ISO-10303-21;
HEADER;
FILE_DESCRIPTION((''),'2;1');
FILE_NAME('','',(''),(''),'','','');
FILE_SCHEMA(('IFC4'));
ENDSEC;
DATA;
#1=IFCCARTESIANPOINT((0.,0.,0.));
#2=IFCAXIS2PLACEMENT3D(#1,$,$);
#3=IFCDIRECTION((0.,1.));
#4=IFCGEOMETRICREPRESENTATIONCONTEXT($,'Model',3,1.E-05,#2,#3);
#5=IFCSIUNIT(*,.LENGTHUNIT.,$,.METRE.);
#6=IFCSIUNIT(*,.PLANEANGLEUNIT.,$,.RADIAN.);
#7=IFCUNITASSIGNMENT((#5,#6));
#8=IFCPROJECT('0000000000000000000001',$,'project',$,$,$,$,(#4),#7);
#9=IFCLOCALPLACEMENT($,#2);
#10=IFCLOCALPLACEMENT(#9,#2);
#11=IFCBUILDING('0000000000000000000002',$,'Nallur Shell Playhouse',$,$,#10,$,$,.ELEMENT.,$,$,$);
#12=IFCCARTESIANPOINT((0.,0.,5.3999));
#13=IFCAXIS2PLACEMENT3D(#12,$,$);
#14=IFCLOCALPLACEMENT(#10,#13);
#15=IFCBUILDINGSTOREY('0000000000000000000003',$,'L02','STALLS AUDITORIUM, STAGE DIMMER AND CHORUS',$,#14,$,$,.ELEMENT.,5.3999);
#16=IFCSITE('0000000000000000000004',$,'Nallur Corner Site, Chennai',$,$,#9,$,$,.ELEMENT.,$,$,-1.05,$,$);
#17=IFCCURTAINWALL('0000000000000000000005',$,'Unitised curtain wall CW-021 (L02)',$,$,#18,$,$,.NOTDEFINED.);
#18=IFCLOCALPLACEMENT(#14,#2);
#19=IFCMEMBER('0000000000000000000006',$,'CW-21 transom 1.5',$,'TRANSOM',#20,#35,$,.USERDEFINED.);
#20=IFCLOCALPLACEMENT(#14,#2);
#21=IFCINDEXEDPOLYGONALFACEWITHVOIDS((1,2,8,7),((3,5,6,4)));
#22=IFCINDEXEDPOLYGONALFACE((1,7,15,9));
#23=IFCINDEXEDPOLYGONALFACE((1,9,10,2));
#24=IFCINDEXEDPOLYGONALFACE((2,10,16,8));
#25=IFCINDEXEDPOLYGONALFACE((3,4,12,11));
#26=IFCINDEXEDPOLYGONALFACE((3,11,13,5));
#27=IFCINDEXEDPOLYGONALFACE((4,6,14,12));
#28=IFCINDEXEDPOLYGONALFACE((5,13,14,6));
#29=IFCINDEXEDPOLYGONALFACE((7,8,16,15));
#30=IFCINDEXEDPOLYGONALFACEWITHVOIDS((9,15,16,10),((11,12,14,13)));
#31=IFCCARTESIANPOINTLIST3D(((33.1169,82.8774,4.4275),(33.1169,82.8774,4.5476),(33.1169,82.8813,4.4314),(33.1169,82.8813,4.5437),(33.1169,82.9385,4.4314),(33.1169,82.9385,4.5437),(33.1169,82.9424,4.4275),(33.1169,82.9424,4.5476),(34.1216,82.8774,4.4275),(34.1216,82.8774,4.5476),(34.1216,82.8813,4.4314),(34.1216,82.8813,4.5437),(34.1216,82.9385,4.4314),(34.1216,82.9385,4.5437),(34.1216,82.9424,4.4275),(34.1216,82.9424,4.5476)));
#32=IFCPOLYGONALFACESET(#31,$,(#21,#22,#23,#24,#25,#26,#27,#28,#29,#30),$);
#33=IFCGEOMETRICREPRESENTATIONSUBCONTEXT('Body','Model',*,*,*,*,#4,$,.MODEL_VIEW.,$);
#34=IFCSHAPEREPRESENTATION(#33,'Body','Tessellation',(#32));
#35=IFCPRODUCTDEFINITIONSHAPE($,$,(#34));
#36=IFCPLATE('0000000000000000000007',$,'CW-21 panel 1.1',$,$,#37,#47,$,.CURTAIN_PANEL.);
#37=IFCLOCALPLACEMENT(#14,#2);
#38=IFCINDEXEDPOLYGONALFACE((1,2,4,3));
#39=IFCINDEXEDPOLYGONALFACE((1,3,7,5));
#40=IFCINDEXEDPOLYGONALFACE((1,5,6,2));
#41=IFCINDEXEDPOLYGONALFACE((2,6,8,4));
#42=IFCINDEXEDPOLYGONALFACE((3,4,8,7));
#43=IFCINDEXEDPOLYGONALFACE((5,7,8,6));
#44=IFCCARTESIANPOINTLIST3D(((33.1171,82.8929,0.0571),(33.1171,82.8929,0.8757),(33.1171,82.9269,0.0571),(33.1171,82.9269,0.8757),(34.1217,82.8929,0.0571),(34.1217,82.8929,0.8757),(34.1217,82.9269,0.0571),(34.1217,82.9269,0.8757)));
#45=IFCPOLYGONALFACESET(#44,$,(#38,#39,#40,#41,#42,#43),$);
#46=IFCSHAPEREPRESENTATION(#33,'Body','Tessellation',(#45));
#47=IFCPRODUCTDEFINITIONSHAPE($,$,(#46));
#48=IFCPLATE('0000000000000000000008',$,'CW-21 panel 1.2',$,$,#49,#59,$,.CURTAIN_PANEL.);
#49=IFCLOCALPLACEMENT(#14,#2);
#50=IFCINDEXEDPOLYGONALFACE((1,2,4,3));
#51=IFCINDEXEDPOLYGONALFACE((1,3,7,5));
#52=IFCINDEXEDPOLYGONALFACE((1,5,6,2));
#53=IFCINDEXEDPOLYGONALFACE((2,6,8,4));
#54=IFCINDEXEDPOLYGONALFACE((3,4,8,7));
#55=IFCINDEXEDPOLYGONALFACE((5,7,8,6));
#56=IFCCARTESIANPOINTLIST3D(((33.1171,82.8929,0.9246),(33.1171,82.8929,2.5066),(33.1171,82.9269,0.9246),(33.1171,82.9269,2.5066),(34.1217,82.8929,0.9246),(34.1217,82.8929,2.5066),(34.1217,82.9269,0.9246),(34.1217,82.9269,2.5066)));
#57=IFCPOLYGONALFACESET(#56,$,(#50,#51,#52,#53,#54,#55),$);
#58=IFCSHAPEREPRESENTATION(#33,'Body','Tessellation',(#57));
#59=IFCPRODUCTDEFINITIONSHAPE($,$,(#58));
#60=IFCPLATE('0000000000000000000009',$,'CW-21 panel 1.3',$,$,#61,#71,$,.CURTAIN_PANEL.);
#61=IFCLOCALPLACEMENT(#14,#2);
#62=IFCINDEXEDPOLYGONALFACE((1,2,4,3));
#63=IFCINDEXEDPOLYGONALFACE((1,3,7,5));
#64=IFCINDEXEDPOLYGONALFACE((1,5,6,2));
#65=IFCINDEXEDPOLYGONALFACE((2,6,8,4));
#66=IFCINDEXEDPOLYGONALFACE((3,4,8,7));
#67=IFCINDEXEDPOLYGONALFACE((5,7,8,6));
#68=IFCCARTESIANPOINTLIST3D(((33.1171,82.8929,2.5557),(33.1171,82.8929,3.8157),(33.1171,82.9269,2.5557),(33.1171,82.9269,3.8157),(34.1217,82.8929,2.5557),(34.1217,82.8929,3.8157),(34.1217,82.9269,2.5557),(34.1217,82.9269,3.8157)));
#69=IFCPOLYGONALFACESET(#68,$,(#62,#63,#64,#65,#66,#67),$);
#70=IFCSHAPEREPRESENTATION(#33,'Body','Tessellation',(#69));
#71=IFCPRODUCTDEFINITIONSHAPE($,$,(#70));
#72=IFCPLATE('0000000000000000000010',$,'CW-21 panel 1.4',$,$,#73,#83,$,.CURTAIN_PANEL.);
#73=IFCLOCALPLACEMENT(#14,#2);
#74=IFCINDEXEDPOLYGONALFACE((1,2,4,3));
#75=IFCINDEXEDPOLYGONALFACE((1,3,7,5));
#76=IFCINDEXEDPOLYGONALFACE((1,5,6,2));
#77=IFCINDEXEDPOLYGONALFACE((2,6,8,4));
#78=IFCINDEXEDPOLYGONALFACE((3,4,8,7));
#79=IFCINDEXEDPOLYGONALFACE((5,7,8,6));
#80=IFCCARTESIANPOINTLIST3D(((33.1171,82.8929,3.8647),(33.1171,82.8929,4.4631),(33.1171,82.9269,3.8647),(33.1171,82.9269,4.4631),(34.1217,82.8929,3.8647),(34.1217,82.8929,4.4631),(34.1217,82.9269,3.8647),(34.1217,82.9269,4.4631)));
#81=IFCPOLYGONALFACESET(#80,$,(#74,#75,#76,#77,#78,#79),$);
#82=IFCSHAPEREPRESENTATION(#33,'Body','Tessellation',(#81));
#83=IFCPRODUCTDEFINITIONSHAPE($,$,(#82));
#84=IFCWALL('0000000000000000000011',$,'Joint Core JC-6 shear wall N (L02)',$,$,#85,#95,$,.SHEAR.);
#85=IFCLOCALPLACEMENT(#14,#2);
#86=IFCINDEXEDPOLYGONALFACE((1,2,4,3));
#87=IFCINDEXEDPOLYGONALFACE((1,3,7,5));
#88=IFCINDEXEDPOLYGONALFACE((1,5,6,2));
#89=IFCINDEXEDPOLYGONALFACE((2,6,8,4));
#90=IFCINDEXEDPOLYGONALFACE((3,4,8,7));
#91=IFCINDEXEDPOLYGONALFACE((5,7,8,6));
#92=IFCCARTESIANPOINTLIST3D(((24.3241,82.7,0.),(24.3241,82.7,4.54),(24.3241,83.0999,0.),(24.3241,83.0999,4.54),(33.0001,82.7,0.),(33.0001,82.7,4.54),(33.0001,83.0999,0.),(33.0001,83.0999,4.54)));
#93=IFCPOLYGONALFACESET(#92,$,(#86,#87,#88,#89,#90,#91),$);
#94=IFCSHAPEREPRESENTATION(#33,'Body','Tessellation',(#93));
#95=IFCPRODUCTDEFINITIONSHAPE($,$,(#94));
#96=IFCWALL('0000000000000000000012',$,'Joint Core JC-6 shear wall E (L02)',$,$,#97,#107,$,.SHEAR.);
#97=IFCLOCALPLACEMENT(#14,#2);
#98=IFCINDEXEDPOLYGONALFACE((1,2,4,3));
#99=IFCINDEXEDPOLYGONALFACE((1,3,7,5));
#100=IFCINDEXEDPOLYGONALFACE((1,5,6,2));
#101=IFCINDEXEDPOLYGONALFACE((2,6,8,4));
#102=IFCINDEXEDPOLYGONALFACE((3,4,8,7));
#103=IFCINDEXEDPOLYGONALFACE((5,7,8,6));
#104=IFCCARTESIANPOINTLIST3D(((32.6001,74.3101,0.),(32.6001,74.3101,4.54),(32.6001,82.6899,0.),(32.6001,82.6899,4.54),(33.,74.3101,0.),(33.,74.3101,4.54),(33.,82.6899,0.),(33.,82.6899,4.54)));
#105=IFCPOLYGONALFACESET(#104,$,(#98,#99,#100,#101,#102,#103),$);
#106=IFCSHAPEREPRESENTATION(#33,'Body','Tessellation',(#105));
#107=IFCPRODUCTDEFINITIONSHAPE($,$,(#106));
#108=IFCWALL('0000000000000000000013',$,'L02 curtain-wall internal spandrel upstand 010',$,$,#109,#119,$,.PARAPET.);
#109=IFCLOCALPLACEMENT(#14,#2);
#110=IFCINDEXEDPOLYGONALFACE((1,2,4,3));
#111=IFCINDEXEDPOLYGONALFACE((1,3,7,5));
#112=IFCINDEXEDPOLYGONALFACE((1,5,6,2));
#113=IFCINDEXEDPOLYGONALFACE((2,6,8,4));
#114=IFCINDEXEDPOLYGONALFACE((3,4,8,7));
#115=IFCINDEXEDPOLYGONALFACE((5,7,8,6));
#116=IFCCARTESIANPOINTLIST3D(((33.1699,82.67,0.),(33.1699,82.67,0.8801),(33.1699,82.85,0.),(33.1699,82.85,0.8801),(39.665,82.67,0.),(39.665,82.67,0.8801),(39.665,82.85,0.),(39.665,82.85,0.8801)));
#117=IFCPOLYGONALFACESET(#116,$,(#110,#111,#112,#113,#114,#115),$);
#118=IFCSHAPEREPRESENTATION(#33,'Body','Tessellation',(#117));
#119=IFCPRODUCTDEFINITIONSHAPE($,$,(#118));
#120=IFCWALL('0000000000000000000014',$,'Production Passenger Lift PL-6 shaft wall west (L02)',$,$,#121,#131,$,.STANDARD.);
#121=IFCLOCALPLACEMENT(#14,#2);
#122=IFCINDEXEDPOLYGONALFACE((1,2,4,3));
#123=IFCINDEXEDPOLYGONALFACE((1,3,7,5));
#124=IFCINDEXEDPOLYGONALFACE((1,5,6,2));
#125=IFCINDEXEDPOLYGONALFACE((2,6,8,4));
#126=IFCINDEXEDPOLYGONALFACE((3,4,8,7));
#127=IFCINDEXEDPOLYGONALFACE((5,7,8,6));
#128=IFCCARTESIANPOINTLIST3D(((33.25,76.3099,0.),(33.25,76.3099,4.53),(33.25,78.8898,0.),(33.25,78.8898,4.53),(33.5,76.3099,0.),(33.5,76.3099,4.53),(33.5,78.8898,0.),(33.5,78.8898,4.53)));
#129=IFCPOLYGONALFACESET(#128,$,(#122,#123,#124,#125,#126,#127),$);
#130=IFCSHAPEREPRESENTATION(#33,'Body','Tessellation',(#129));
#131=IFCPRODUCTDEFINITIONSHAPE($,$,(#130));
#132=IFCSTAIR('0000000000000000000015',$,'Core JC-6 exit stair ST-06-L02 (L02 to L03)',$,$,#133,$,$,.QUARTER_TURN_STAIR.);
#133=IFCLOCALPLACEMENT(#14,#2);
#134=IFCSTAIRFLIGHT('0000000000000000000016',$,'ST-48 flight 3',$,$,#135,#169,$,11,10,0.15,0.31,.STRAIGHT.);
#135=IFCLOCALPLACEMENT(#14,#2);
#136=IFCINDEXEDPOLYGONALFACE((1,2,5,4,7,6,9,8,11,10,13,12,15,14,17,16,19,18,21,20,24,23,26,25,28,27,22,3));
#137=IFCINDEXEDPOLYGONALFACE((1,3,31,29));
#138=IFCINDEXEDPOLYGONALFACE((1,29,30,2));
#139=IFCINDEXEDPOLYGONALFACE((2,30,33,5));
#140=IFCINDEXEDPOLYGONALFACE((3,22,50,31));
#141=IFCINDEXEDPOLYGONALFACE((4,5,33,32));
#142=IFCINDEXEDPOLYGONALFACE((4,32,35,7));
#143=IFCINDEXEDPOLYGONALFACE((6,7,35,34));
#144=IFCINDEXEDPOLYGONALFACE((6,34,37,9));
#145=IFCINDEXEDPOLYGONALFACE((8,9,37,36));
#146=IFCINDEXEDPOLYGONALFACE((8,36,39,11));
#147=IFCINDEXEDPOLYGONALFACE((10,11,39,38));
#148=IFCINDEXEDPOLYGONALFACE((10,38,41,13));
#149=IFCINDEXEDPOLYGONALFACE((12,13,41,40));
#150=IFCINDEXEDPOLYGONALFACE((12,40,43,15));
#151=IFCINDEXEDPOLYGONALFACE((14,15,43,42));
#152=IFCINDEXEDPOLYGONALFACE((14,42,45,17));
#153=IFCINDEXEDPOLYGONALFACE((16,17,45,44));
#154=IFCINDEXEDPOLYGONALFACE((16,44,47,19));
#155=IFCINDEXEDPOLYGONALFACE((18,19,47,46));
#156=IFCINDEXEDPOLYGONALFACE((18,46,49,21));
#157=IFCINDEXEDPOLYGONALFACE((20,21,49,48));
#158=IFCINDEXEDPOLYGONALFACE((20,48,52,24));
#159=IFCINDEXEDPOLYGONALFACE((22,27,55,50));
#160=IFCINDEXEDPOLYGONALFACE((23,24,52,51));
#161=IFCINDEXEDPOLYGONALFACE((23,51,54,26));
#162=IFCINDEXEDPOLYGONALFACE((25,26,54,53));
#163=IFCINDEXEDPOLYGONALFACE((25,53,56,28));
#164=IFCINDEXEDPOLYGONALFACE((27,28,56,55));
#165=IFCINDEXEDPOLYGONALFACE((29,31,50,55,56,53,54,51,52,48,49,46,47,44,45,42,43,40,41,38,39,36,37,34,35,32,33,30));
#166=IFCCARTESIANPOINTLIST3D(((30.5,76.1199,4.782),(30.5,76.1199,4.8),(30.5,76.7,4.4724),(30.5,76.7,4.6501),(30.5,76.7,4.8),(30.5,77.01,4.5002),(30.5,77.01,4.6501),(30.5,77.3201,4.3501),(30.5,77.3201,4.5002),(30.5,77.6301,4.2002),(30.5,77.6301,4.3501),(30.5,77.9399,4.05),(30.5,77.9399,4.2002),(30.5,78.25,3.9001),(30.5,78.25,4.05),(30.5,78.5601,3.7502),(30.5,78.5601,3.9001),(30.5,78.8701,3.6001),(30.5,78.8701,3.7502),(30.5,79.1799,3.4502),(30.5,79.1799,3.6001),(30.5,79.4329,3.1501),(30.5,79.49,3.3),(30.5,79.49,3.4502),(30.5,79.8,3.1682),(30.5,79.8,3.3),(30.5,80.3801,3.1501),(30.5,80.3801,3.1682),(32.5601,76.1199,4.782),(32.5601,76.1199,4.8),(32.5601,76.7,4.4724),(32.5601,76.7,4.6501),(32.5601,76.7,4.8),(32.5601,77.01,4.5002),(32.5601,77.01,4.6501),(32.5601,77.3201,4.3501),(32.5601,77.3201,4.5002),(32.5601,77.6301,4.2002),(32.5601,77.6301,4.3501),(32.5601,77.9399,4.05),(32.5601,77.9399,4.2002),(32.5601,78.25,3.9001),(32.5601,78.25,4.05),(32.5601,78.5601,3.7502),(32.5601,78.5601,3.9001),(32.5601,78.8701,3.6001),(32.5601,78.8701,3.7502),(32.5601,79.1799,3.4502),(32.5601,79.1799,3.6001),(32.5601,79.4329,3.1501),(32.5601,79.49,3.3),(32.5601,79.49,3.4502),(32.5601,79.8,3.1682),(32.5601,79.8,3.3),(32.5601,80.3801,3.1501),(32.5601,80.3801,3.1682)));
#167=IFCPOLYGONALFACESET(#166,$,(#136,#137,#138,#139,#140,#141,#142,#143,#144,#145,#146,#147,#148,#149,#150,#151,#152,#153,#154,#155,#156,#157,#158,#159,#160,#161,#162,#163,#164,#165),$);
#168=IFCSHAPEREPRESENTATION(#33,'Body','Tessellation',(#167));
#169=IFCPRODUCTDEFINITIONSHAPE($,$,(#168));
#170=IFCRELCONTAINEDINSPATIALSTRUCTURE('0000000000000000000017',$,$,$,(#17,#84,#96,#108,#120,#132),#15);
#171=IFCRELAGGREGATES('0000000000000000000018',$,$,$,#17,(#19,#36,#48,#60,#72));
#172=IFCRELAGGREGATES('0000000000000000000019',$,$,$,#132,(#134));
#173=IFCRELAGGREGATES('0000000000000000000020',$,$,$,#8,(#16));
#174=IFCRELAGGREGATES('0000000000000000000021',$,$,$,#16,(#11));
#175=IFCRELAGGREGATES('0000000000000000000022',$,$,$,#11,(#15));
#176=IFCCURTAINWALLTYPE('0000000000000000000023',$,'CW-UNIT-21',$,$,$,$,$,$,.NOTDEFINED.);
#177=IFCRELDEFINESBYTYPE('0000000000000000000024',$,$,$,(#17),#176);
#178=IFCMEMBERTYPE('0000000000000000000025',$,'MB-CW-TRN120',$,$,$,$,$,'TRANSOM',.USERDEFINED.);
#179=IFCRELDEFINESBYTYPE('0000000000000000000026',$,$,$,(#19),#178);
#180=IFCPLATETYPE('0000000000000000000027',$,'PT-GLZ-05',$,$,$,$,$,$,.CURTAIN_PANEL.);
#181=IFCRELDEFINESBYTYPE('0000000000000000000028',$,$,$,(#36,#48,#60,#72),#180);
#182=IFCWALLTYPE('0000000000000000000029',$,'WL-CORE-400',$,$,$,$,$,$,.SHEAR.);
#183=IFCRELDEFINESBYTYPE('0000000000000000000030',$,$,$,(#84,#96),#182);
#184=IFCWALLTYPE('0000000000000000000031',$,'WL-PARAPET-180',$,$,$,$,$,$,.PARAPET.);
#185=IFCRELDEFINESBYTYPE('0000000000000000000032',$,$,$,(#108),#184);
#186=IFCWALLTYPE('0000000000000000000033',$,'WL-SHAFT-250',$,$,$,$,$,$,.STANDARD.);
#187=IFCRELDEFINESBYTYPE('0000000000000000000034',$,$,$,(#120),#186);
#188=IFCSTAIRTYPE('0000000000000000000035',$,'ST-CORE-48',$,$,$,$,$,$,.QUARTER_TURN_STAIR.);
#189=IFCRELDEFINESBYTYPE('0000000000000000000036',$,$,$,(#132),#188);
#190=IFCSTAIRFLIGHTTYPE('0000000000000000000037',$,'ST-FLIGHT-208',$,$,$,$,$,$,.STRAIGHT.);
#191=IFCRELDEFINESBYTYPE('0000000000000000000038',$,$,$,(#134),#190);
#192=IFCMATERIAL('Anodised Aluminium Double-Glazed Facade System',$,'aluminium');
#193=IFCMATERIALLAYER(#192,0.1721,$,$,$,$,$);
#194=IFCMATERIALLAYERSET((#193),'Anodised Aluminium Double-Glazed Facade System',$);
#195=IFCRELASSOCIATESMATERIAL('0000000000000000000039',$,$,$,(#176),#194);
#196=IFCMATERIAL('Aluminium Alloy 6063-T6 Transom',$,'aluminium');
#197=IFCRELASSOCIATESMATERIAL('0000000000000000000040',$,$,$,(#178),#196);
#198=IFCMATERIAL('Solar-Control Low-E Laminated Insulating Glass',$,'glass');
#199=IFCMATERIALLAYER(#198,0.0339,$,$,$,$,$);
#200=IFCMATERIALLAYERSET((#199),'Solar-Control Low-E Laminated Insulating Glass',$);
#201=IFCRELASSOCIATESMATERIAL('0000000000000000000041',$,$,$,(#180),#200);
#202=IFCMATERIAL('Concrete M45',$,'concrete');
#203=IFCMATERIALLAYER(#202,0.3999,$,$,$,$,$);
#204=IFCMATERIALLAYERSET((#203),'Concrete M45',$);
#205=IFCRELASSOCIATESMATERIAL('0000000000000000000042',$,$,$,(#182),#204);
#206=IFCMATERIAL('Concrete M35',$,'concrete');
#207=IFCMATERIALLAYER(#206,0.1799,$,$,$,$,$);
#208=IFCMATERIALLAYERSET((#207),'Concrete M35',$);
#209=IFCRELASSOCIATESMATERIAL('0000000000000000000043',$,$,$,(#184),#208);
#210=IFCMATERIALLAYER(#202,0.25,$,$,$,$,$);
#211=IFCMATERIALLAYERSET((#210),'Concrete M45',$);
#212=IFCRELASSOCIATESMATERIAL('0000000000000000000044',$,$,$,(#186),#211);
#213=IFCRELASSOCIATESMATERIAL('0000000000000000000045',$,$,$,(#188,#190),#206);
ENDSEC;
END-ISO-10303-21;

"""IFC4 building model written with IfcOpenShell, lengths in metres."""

from ifc_helpers import new_model, si_unit, direction, frame, frame_2d, origin, origin_2d, place, context, subcontext, project, spatial, polyline, rectangle, hollow_rectangle, outline, extrude, material, layer, layer_set, material_profile, profile_set, type_object, element, aggregate, save


model = new_model("IFC4")

# Units and contexts
model_context = context("Model", 3, precision=1e-05, world=origin(), true_north=direction((0.0, 1.0)))
body_context = subcontext(model_context, "Body", "Model", "MODEL_VIEW")
ifc_project = project(units=[si_unit("LENGTHUNIT", "METRE"), si_unit("PLANEANGLEUNIT", "RADIAN")], contexts=[model_context])

# Site, building, storey
site_placement = place(None, origin())
site = spatial("IfcSite", under=ifc_project, at=site_placement, Name="Nallur Corner Site, Chennai", CompositionType="ELEMENT", RefElevation=-1.05)
building_placement = place(site_placement, origin())
building = spatial("IfcBuilding", under=site, at=building_placement, Name="Nallur Shell Playhouse", CompositionType="ELEMENT")
storey_placement = place(building_placement, frame((0.0, 0.0, 5.3999)))
storey = spatial("IfcBuildingStorey", under=building, at=storey_placement, Name="L02", Description="STALLS AUDITORIUM, STAGE DIMMER AND CHORUS", CompositionType="ELEMENT", Elevation=5.3999)

# Shared definitions
ifc_material_1 = material(Name="Concrete M35", Category="concrete")

# Curtain wall, member, plates
ifc_material_2 = material(Name="Anodised Aluminium Double-Glazed Facade System", Category="aluminium")
ifc_layer_1 = layer(ifc_material_2, 0.1721)
ifc_layer_set_1 = layer_set([ifc_layer_1], Name="Anodised Aluminium Double-Glazed Facade System")
curtain_wall_type = type_object("IfcCurtainWallType", Name="CW-UNIT-21", PredefinedType="NOTDEFINED", material=ifc_layer_set_1)
curtain_wall_placement = place(storey_placement, origin())
curtain_wall = element("IfcCurtainWall", 1, at=curtain_wall_placement, inside=storey, type_object=curtain_wall_type, Name="Unitised curtain wall CW-021 (L02)", PredefinedType="NOTDEFINED")
ifc_material_3 = material(Name="Aluminium Alloy 6063-T6 Transom", Category="aluminium")
ifc_material_profile_1 = material_profile(ifc_material_3, hollow_rectangle(XDim=0.0649, YDim=0.1201, WallThickness=0.0039, at=origin_2d()), Name="ALU 65x120x4")
ifc_profile_set_1 = profile_set([ifc_material_profile_1], Name="Aluminium Alloy 6063-T6 Transom")
member_type_1 = type_object("IfcMemberType", Name="MB-CW-TRN120", ElementType="TRANSOM", PredefinedType="USERDEFINED", material=ifc_profile_set_1)
member_1_placement = place(storey_placement, frame((33.1169, 82.9099, 4.4875), z_axis=(1.0, 0.0, 0.0), x_axis=(0.0, 1.0, 0.0)))
member_1 = element("IfcMember", 2, at=member_1_placement, type_object=member_type_1, Name="CW-21 transom 1.5", ObjectType="TRANSOM", PredefinedType="USERDEFINED", context=body_context, shape_type="SweptSolid", body=[
    extrude(hollow_rectangle(XDim=0.0649, YDim=0.1201, WallThickness=0.0039, at=origin_2d()), origin(), (0.0, 0.0, 1.0), 1.0046),
])
ifc_material_4 = material(Name="Solar-Control Low-E Laminated Insulating Glass", Category="glass")
ifc_layer_2 = layer(ifc_material_4, 0.0339)
ifc_layer_set_2 = layer_set([ifc_layer_2], Name="Solar-Control Low-E Laminated Insulating Glass")
plate_type = type_object("IfcPlateType", Name="PT-GLZ-05", PredefinedType="CURTAIN_PANEL", material=ifc_layer_set_2)
plate_1_placement = place(storey_placement, frame((33.6194, 82.9099, 0.0571), z_axis=(0.0, 0.0, 1.0), x_axis=(1.0, 0.0, 0.0)))
plate_1 = element("IfcPlate", 3, at=plate_1_placement, type_object=plate_type, Name="CW-21 panel 1.1", PredefinedType="CURTAIN_PANEL", context=body_context, shape_type="SweptSolid", body=[
    extrude(rectangle(XDim=1.0046, YDim=0.0339, at=origin_2d()), origin(), (0.0, 0.0, 1.0), 0.8186),
])
plate_2_placement = place(storey_placement, frame((33.6194, 82.9099, 0.9246), z_axis=(0.0, 0.0, 1.0), x_axis=(1.0, 0.0, 0.0)))
plate_2 = element("IfcPlate", 4, at=plate_2_placement, type_object=plate_type, Name="CW-21 panel 1.2", PredefinedType="CURTAIN_PANEL", context=body_context, shape_type="SweptSolid", body=[
    extrude(rectangle(XDim=1.0046, YDim=0.0339, at=origin_2d()), origin(), (0.0, 0.0, 1.0), 1.582),
])
plate_3_placement = place(storey_placement, frame((33.6194, 82.9099, 2.5557), z_axis=(0.0, 0.0, 1.0), x_axis=(1.0, 0.0, 0.0)))
plate_3 = element("IfcPlate", 5, at=plate_3_placement, type_object=plate_type, Name="CW-21 panel 1.3", PredefinedType="CURTAIN_PANEL", context=body_context, shape_type="SweptSolid", body=[
    extrude(rectangle(XDim=1.0046, YDim=0.0339, at=origin_2d()), origin(), (0.0, 0.0, 1.0), 1.26),
])
plate_4_placement = place(storey_placement, frame((33.6194, 82.9099, 3.8647), z_axis=(0.0, 0.0, 1.0), x_axis=(1.0, 0.0, 0.0)))
plate_4 = element("IfcPlate", 6, at=plate_4_placement, type_object=plate_type, Name="CW-21 panel 1.4", PredefinedType="CURTAIN_PANEL", context=body_context, shape_type="SweptSolid", body=[
    extrude(rectangle(XDim=1.0046, YDim=0.0339, at=origin_2d()), origin(), (0.0, 0.0, 1.0), 0.5984),
])
aggregate(curtain_wall, [member_1, plate_1, plate_2, plate_3, plate_4])

# Walls
ifc_material_5 = material(Name="Concrete M45", Category="concrete")
ifc_layer_3 = layer(ifc_material_5, 0.3999)
ifc_layer_set_3 = layer_set([ifc_layer_3], Name="Concrete M45")
wall_type_1 = type_object("IfcWallType", Name="WL-CORE-400", PredefinedType="SHEAR", material=ifc_layer_set_3)
wall_1_placement = place(storey_placement, frame((33.0, 82.8999, 0.0), z_axis=(0.0, 0.0, 1.0), x_axis=(-1.0, 0.0, 0.0)))
element("IfcWall", 7, at=wall_1_placement, inside=storey, type_object=wall_type_1, Name="Joint Core JC-6 shear wall N (L02)", PredefinedType="SHEAR", context=body_context, shape_type="SweptSolid", body=[
    extrude(rectangle(XDim=8.676, YDim=0.3999, at=frame_2d((4.3379, 0.0))), origin(), (0.0, 0.0, 1.0), 4.54),
])
wall_2_placement = place(storey_placement, frame((32.8, 74.3101, 0.0), z_axis=(0.0, 0.0, 1.0), x_axis=(0.0, 1.0, 0.0)))
element("IfcWall", 8, at=wall_2_placement, inside=storey, type_object=wall_type_1, Name="Joint Core JC-6 shear wall E (L02)", PredefinedType="SHEAR", context=body_context, shape_type="SweptSolid", body=[
    extrude(rectangle(XDim=8.3799, YDim=0.3999, at=frame_2d((4.1899, 0.0))), origin(), (0.0, 0.0, 1.0), 4.54),
])
ifc_layer_4 = layer(ifc_material_1, 0.1799)
ifc_layer_set_4 = layer_set([ifc_layer_4], Name="Concrete M35")
wall_type_2 = type_object("IfcWallType", Name="WL-PARAPET-180", PredefinedType="PARAPET", material=ifc_layer_set_4)
wall_3_placement = place(storey_placement, frame((33.1699, 82.76, 0.0), z_axis=(0.0, 0.0, 1.0), x_axis=(1.0, 0.0, 0.0)))
element("IfcWall", 9, at=wall_3_placement, inside=storey, type_object=wall_type_2, Name="L02 curtain-wall internal spandrel upstand 010", PredefinedType="PARAPET", context=body_context, shape_type="SweptSolid", body=[
    extrude(rectangle(XDim=6.4951, YDim=0.1799, at=frame_2d((3.2476, 0.0))), origin(), (0.0, 0.0, 1.0), 0.8801),
])

# Shared definitions
ifc_layer_5 = layer(ifc_material_5, 0.25)
ifc_layer_set_5 = layer_set([ifc_layer_5], Name="Concrete M45")
wall_type_3 = type_object("IfcWallType", Name="WL-SHAFT-250", PredefinedType="STANDARD", material=ifc_layer_set_5)

# Wall
wall_4_placement = place(storey_placement, frame((33.375, 78.8899, 0.0), z_axis=(0.0, 0.0, 1.0), x_axis=(0.0, -1.0, 0.0)))
element("IfcWall", 10, at=wall_4_placement, inside=storey, type_object=wall_type_3, Name="Production Passenger Lift PL-6 shaft wall west (L02)", PredefinedType="STANDARD", context=body_context, shape_type="SweptSolid", body=[
    extrude(rectangle(XDim=2.5798, YDim=0.25, at=frame_2d((1.29, 0.0))), origin(), (0.0, 0.0, 1.0), 4.53),
])

# Stair, stair flight
stair_type = type_object("IfcStairType", Name="ST-CORE-48", PredefinedType="QUARTER_TURN_STAIR", material=ifc_material_1)
stair_placement = place(storey_placement, origin())
stair = element("IfcStair", 11, at=stair_placement, inside=storey, type_object=stair_type, Name="Core JC-6 exit stair ST-06-L02 (L02 to L03)", PredefinedType="QUARTER_TURN_STAIR")
stair_flight_type = type_object("IfcStairFlightType", Name="ST-FLIGHT-208", PredefinedType="STRAIGHT", material=ifc_material_1)
stair_flight_placement = place(storey_placement, frame((31.53, 79.8, 3.1501), z_axis=(0.0, 0.0, 1.0), x_axis=(0.0, -1.0, 0.0)))
stair_flight = element("IfcStairFlight", 12, at=stair_flight_placement, type_object=stair_flight_type, Name="ST-48 flight 3", NumberOfRisers=11, NumberOfTreads=10, PredefinedType="STRAIGHT", RiserHeight=0.15, TreadLength=0.31, context=body_context, shape_type="SweptSolid", body=[
    extrude(outline(polyline([(-0.5801, 0.0), (-0.5801, 0.0181), (0.0, 0.0181), (0.0, 0.1499), (0.3101, 0.1499), (0.3101, 0.3), (0.6201, 0.3), (0.6201, 0.45), (0.9299, 0.45), (0.9299, 0.6001), (1.24, 0.6001), (1.24, 0.75), (1.55, 0.75), (1.55, 0.8999), (1.8601, 0.8999), (1.8601, 1.05), (2.1699, 1.05), (2.1699, 1.2), (2.48, 1.2), (2.48, 1.3501), (2.79, 1.3501), (2.79, 1.5), (3.1001, 1.5), (3.1001, 1.6499), (3.6802, 1.6499), (3.6802, 1.6318), (3.1001, 1.3223), (0.3672, 0.0), (-0.5801, 0.0)])), frame((0.0, 1.03, 0.0), z_axis=(0.0, -1.0, 0.0), x_axis=(1.0, 0.0, 0.0)), (0.0, 0.0, 1.0), 2.0601),
])
aggregate(stair, [stair_flight])

save(model, "model.ifc")
